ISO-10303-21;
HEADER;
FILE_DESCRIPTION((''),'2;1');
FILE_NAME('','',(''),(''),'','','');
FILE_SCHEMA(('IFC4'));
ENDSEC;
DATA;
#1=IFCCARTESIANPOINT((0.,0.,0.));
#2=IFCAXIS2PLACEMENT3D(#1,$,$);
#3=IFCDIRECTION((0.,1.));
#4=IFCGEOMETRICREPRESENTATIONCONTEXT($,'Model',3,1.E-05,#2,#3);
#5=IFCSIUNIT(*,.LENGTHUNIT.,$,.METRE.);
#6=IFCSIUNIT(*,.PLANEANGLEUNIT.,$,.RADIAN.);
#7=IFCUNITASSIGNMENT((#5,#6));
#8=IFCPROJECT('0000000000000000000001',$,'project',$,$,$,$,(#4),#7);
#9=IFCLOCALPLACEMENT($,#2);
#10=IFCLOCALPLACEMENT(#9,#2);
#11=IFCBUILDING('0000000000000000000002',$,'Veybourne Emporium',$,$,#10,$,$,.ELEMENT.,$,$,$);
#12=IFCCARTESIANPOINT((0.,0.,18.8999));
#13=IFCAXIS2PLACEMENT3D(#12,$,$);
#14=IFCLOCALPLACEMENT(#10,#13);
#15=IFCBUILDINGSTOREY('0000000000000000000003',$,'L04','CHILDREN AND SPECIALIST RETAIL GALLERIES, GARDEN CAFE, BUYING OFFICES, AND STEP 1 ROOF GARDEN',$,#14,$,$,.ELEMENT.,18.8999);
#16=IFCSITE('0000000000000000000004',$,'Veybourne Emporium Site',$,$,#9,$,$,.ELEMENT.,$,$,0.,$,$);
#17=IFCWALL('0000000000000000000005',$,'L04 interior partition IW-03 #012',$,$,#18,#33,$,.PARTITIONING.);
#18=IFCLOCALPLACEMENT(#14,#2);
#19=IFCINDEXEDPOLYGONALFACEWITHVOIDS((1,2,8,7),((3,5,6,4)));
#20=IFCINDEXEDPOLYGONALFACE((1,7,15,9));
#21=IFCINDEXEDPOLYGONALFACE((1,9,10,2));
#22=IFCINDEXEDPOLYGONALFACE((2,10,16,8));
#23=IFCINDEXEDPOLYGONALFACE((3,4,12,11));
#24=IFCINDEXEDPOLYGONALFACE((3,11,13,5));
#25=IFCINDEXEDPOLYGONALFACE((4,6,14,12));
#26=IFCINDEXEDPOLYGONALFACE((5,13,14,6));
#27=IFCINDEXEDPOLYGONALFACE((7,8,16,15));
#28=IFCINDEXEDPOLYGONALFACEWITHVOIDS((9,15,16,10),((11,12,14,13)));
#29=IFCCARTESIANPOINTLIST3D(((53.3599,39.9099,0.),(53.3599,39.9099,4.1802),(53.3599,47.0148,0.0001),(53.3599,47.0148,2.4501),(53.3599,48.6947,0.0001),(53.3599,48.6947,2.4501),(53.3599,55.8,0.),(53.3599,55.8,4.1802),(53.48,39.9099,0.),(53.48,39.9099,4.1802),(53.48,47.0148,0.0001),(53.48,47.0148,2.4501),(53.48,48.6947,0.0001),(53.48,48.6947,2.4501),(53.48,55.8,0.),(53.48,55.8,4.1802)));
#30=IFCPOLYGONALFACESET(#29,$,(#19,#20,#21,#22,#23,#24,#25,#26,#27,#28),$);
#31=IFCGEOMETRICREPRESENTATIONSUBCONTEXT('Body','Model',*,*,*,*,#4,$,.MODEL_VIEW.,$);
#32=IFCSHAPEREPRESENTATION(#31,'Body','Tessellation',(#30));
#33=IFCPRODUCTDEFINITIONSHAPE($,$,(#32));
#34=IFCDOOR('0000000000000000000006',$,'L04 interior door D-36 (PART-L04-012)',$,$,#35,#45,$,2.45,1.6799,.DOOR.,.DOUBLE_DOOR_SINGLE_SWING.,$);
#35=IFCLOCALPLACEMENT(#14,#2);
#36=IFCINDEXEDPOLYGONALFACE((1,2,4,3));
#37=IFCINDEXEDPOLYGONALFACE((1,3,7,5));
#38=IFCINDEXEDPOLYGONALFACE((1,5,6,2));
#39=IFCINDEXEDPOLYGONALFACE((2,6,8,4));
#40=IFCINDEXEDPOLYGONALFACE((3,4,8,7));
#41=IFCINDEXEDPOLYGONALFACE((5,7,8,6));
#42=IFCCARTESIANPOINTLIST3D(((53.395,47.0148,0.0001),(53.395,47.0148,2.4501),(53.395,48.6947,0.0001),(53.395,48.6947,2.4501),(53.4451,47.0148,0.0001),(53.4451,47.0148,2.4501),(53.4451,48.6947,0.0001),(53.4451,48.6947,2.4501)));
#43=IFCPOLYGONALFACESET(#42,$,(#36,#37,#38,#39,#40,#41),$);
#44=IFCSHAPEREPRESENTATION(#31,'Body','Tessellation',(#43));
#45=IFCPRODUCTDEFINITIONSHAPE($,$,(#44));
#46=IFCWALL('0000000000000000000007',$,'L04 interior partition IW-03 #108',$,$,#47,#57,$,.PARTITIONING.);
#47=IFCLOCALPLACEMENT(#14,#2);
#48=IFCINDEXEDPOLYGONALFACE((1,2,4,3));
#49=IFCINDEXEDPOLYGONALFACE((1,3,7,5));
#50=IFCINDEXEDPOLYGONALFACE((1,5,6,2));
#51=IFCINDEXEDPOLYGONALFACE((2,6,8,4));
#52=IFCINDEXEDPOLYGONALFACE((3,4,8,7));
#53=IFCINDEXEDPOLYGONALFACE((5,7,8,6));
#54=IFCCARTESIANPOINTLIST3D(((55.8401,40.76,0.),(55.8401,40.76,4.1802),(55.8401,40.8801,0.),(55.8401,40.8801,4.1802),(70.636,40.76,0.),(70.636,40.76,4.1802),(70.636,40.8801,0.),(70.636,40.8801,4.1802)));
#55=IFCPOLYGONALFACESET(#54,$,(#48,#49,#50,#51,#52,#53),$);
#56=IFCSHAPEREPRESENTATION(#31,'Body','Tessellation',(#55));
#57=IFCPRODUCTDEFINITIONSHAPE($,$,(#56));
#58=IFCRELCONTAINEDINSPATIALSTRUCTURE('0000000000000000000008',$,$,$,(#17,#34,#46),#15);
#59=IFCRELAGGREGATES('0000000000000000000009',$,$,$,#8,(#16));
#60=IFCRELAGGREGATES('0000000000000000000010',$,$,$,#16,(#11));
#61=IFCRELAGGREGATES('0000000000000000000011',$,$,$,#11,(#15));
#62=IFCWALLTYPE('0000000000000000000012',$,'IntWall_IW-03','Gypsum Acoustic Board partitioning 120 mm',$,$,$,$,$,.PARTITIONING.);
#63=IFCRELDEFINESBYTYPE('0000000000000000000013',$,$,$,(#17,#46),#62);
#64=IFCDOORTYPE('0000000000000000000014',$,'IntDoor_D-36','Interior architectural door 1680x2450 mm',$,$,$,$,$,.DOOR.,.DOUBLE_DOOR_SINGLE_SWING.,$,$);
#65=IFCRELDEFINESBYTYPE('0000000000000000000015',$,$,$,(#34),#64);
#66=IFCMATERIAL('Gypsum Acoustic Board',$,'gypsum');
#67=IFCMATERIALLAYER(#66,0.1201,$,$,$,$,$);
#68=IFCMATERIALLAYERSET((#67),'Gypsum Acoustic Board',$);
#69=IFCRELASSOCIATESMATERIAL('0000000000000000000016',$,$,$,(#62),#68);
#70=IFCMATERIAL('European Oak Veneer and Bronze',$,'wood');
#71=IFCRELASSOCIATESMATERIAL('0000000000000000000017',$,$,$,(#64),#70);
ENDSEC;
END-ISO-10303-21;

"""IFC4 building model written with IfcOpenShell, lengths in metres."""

from ifc_helpers import new_model, si_unit, direction, frame, frame_2d, origin, place, context, subcontext, project, spatial, rectangle, extrude, material, layer, layer_set, type_object, element, fill, save


model = new_model("IFC4")

# Units and contexts
model_context = context("Model", 3, precision=1e-05, world=origin(), true_north=direction((0.0, 1.0)))
body_context = subcontext(model_context, "Body", "Model", "MODEL_VIEW")
ifc_project = project(units=[si_unit("LENGTHUNIT", "METRE"), si_unit("PLANEANGLEUNIT", "RADIAN")], contexts=[model_context])

# Site, building, storey
site_placement = place(None, origin())
site = spatial("IfcSite", under=ifc_project, at=site_placement, Name="Veybourne Emporium Site", CompositionType="ELEMENT", RefElevation=0.0)
building_placement = place(site_placement, origin())
building = spatial("IfcBuilding", under=site, at=building_placement, Name="Veybourne Emporium", CompositionType="ELEMENT")
storey_placement = place(building_placement, frame((0.0, 0.0, 18.8999)))
storey = spatial("IfcBuildingStorey", under=building, at=storey_placement, Name="L04", Description="CHILDREN AND SPECIALIST RETAIL GALLERIES, GARDEN CAFE, BUYING OFFICES, AND STEP 1 ROOF GARDEN", CompositionType="ELEMENT", Elevation=18.8999)

# Wall, opening, door
ifc_material_1 = material(Name="Gypsum Acoustic Board", Category="gypsum")
ifc_material_2 = material(Name="European Oak Veneer and Bronze", Category="wood")
ifc_layer_1 = layer(ifc_material_1, 0.1201)
ifc_layer_set_1 = layer_set([ifc_layer_1], Name="Gypsum Acoustic Board")
wall_type_1 = type_object("IfcWallType", Name="IntWall_IW-03", Description="Gypsum Acoustic Board partitioning 120 mm", PredefinedType="PARTITIONING", material=ifc_layer_set_1)
wall_1_placement = place(storey_placement, frame((53.4199, 39.9099, 0.0), z_axis=(0.0, 0.0, 1.0), x_axis=(0.0, 1.0, 0.0)))
wall_1 = element("IfcWall", 1, at=wall_1_placement, inside=storey, type_object=wall_type_1, Name="L04 interior partition IW-03 #012", PredefinedType="PARTITIONING", context=body_context, shape_type="SweptSolid", body=[
    extrude(rectangle(XDim=15.8901, YDim=0.1201, at=frame_2d((7.9451, 0.0))), origin(), (0.0, 0.0, 1.0), 4.1802),
])
opening_1_placement = place(wall_1_placement, frame((7.105, 0.0, 0.0)))
opening_1 = element("IfcOpeningElement", 2, at=opening_1_placement, cuts=wall_1, PredefinedType="OPENING", context=body_context, shape_type="SweptSolid", body=[
    extrude(rectangle(XDim=1.6799, YDim=2.45, at=frame_2d((0.8398, 1.2251))), frame((0.0, 0.0801, 0.0), z_axis=(0.0, -1.0, 0.0), x_axis=(1.0, 0.0, 0.0)), (0.0, 0.0, 1.0), 0.1602),
])
door_type_1 = type_object("IfcDoorType", Name="IntDoor_D-36", Description="Interior architectural door 1680x2450 mm", OperationType="DOUBLE_DOOR_SINGLE_SWING", PredefinedType="DOOR", material=ifc_material_2)
door_1_placement = place(opening_1_placement, origin())
door_1 = element("IfcDoor", 3, at=door_1_placement, inside=storey, type_object=door_type_1, Name="L04 interior door D-36 (PART-L04-012)", OperationType="DOUBLE_DOOR_SINGLE_SWING", OverallHeight=2.45, OverallWidth=1.6799, PredefinedType="DOOR", context=body_context, shape_type="SweptSolid", body=[
    extrude(rectangle(XDim=1.6799, YDim=2.45, at=frame_2d((0.8398, 1.2251))), frame((0.0, 0.0249, 0.0), z_axis=(0.0, -1.0, 0.0), x_axis=(1.0, 0.0, 0.0)), (0.0, 0.0, 1.0), 0.05),
])
fill(opening_1, door_1)

# Wall
wall_2_placement = place(storey_placement, frame((55.8401, 40.8201, 0.0), z_axis=(0.0, 0.0, 1.0), x_axis=(1.0, 0.0, 0.0)))
element("IfcWall", 4, at=wall_2_placement, inside=storey, type_object=wall_type_1, Name="L04 interior partition IW-03 #108", PredefinedType="PARTITIONING", context=body_context, shape_type="SweptSolid", body=[
    extrude(rectangle(XDim=14.7959, YDim=0.1201, at=frame_2d((7.3979, 0.0))), origin(), (0.0, 0.0, 1.0), 4.1802),
])

save(model, "model.ifc")
